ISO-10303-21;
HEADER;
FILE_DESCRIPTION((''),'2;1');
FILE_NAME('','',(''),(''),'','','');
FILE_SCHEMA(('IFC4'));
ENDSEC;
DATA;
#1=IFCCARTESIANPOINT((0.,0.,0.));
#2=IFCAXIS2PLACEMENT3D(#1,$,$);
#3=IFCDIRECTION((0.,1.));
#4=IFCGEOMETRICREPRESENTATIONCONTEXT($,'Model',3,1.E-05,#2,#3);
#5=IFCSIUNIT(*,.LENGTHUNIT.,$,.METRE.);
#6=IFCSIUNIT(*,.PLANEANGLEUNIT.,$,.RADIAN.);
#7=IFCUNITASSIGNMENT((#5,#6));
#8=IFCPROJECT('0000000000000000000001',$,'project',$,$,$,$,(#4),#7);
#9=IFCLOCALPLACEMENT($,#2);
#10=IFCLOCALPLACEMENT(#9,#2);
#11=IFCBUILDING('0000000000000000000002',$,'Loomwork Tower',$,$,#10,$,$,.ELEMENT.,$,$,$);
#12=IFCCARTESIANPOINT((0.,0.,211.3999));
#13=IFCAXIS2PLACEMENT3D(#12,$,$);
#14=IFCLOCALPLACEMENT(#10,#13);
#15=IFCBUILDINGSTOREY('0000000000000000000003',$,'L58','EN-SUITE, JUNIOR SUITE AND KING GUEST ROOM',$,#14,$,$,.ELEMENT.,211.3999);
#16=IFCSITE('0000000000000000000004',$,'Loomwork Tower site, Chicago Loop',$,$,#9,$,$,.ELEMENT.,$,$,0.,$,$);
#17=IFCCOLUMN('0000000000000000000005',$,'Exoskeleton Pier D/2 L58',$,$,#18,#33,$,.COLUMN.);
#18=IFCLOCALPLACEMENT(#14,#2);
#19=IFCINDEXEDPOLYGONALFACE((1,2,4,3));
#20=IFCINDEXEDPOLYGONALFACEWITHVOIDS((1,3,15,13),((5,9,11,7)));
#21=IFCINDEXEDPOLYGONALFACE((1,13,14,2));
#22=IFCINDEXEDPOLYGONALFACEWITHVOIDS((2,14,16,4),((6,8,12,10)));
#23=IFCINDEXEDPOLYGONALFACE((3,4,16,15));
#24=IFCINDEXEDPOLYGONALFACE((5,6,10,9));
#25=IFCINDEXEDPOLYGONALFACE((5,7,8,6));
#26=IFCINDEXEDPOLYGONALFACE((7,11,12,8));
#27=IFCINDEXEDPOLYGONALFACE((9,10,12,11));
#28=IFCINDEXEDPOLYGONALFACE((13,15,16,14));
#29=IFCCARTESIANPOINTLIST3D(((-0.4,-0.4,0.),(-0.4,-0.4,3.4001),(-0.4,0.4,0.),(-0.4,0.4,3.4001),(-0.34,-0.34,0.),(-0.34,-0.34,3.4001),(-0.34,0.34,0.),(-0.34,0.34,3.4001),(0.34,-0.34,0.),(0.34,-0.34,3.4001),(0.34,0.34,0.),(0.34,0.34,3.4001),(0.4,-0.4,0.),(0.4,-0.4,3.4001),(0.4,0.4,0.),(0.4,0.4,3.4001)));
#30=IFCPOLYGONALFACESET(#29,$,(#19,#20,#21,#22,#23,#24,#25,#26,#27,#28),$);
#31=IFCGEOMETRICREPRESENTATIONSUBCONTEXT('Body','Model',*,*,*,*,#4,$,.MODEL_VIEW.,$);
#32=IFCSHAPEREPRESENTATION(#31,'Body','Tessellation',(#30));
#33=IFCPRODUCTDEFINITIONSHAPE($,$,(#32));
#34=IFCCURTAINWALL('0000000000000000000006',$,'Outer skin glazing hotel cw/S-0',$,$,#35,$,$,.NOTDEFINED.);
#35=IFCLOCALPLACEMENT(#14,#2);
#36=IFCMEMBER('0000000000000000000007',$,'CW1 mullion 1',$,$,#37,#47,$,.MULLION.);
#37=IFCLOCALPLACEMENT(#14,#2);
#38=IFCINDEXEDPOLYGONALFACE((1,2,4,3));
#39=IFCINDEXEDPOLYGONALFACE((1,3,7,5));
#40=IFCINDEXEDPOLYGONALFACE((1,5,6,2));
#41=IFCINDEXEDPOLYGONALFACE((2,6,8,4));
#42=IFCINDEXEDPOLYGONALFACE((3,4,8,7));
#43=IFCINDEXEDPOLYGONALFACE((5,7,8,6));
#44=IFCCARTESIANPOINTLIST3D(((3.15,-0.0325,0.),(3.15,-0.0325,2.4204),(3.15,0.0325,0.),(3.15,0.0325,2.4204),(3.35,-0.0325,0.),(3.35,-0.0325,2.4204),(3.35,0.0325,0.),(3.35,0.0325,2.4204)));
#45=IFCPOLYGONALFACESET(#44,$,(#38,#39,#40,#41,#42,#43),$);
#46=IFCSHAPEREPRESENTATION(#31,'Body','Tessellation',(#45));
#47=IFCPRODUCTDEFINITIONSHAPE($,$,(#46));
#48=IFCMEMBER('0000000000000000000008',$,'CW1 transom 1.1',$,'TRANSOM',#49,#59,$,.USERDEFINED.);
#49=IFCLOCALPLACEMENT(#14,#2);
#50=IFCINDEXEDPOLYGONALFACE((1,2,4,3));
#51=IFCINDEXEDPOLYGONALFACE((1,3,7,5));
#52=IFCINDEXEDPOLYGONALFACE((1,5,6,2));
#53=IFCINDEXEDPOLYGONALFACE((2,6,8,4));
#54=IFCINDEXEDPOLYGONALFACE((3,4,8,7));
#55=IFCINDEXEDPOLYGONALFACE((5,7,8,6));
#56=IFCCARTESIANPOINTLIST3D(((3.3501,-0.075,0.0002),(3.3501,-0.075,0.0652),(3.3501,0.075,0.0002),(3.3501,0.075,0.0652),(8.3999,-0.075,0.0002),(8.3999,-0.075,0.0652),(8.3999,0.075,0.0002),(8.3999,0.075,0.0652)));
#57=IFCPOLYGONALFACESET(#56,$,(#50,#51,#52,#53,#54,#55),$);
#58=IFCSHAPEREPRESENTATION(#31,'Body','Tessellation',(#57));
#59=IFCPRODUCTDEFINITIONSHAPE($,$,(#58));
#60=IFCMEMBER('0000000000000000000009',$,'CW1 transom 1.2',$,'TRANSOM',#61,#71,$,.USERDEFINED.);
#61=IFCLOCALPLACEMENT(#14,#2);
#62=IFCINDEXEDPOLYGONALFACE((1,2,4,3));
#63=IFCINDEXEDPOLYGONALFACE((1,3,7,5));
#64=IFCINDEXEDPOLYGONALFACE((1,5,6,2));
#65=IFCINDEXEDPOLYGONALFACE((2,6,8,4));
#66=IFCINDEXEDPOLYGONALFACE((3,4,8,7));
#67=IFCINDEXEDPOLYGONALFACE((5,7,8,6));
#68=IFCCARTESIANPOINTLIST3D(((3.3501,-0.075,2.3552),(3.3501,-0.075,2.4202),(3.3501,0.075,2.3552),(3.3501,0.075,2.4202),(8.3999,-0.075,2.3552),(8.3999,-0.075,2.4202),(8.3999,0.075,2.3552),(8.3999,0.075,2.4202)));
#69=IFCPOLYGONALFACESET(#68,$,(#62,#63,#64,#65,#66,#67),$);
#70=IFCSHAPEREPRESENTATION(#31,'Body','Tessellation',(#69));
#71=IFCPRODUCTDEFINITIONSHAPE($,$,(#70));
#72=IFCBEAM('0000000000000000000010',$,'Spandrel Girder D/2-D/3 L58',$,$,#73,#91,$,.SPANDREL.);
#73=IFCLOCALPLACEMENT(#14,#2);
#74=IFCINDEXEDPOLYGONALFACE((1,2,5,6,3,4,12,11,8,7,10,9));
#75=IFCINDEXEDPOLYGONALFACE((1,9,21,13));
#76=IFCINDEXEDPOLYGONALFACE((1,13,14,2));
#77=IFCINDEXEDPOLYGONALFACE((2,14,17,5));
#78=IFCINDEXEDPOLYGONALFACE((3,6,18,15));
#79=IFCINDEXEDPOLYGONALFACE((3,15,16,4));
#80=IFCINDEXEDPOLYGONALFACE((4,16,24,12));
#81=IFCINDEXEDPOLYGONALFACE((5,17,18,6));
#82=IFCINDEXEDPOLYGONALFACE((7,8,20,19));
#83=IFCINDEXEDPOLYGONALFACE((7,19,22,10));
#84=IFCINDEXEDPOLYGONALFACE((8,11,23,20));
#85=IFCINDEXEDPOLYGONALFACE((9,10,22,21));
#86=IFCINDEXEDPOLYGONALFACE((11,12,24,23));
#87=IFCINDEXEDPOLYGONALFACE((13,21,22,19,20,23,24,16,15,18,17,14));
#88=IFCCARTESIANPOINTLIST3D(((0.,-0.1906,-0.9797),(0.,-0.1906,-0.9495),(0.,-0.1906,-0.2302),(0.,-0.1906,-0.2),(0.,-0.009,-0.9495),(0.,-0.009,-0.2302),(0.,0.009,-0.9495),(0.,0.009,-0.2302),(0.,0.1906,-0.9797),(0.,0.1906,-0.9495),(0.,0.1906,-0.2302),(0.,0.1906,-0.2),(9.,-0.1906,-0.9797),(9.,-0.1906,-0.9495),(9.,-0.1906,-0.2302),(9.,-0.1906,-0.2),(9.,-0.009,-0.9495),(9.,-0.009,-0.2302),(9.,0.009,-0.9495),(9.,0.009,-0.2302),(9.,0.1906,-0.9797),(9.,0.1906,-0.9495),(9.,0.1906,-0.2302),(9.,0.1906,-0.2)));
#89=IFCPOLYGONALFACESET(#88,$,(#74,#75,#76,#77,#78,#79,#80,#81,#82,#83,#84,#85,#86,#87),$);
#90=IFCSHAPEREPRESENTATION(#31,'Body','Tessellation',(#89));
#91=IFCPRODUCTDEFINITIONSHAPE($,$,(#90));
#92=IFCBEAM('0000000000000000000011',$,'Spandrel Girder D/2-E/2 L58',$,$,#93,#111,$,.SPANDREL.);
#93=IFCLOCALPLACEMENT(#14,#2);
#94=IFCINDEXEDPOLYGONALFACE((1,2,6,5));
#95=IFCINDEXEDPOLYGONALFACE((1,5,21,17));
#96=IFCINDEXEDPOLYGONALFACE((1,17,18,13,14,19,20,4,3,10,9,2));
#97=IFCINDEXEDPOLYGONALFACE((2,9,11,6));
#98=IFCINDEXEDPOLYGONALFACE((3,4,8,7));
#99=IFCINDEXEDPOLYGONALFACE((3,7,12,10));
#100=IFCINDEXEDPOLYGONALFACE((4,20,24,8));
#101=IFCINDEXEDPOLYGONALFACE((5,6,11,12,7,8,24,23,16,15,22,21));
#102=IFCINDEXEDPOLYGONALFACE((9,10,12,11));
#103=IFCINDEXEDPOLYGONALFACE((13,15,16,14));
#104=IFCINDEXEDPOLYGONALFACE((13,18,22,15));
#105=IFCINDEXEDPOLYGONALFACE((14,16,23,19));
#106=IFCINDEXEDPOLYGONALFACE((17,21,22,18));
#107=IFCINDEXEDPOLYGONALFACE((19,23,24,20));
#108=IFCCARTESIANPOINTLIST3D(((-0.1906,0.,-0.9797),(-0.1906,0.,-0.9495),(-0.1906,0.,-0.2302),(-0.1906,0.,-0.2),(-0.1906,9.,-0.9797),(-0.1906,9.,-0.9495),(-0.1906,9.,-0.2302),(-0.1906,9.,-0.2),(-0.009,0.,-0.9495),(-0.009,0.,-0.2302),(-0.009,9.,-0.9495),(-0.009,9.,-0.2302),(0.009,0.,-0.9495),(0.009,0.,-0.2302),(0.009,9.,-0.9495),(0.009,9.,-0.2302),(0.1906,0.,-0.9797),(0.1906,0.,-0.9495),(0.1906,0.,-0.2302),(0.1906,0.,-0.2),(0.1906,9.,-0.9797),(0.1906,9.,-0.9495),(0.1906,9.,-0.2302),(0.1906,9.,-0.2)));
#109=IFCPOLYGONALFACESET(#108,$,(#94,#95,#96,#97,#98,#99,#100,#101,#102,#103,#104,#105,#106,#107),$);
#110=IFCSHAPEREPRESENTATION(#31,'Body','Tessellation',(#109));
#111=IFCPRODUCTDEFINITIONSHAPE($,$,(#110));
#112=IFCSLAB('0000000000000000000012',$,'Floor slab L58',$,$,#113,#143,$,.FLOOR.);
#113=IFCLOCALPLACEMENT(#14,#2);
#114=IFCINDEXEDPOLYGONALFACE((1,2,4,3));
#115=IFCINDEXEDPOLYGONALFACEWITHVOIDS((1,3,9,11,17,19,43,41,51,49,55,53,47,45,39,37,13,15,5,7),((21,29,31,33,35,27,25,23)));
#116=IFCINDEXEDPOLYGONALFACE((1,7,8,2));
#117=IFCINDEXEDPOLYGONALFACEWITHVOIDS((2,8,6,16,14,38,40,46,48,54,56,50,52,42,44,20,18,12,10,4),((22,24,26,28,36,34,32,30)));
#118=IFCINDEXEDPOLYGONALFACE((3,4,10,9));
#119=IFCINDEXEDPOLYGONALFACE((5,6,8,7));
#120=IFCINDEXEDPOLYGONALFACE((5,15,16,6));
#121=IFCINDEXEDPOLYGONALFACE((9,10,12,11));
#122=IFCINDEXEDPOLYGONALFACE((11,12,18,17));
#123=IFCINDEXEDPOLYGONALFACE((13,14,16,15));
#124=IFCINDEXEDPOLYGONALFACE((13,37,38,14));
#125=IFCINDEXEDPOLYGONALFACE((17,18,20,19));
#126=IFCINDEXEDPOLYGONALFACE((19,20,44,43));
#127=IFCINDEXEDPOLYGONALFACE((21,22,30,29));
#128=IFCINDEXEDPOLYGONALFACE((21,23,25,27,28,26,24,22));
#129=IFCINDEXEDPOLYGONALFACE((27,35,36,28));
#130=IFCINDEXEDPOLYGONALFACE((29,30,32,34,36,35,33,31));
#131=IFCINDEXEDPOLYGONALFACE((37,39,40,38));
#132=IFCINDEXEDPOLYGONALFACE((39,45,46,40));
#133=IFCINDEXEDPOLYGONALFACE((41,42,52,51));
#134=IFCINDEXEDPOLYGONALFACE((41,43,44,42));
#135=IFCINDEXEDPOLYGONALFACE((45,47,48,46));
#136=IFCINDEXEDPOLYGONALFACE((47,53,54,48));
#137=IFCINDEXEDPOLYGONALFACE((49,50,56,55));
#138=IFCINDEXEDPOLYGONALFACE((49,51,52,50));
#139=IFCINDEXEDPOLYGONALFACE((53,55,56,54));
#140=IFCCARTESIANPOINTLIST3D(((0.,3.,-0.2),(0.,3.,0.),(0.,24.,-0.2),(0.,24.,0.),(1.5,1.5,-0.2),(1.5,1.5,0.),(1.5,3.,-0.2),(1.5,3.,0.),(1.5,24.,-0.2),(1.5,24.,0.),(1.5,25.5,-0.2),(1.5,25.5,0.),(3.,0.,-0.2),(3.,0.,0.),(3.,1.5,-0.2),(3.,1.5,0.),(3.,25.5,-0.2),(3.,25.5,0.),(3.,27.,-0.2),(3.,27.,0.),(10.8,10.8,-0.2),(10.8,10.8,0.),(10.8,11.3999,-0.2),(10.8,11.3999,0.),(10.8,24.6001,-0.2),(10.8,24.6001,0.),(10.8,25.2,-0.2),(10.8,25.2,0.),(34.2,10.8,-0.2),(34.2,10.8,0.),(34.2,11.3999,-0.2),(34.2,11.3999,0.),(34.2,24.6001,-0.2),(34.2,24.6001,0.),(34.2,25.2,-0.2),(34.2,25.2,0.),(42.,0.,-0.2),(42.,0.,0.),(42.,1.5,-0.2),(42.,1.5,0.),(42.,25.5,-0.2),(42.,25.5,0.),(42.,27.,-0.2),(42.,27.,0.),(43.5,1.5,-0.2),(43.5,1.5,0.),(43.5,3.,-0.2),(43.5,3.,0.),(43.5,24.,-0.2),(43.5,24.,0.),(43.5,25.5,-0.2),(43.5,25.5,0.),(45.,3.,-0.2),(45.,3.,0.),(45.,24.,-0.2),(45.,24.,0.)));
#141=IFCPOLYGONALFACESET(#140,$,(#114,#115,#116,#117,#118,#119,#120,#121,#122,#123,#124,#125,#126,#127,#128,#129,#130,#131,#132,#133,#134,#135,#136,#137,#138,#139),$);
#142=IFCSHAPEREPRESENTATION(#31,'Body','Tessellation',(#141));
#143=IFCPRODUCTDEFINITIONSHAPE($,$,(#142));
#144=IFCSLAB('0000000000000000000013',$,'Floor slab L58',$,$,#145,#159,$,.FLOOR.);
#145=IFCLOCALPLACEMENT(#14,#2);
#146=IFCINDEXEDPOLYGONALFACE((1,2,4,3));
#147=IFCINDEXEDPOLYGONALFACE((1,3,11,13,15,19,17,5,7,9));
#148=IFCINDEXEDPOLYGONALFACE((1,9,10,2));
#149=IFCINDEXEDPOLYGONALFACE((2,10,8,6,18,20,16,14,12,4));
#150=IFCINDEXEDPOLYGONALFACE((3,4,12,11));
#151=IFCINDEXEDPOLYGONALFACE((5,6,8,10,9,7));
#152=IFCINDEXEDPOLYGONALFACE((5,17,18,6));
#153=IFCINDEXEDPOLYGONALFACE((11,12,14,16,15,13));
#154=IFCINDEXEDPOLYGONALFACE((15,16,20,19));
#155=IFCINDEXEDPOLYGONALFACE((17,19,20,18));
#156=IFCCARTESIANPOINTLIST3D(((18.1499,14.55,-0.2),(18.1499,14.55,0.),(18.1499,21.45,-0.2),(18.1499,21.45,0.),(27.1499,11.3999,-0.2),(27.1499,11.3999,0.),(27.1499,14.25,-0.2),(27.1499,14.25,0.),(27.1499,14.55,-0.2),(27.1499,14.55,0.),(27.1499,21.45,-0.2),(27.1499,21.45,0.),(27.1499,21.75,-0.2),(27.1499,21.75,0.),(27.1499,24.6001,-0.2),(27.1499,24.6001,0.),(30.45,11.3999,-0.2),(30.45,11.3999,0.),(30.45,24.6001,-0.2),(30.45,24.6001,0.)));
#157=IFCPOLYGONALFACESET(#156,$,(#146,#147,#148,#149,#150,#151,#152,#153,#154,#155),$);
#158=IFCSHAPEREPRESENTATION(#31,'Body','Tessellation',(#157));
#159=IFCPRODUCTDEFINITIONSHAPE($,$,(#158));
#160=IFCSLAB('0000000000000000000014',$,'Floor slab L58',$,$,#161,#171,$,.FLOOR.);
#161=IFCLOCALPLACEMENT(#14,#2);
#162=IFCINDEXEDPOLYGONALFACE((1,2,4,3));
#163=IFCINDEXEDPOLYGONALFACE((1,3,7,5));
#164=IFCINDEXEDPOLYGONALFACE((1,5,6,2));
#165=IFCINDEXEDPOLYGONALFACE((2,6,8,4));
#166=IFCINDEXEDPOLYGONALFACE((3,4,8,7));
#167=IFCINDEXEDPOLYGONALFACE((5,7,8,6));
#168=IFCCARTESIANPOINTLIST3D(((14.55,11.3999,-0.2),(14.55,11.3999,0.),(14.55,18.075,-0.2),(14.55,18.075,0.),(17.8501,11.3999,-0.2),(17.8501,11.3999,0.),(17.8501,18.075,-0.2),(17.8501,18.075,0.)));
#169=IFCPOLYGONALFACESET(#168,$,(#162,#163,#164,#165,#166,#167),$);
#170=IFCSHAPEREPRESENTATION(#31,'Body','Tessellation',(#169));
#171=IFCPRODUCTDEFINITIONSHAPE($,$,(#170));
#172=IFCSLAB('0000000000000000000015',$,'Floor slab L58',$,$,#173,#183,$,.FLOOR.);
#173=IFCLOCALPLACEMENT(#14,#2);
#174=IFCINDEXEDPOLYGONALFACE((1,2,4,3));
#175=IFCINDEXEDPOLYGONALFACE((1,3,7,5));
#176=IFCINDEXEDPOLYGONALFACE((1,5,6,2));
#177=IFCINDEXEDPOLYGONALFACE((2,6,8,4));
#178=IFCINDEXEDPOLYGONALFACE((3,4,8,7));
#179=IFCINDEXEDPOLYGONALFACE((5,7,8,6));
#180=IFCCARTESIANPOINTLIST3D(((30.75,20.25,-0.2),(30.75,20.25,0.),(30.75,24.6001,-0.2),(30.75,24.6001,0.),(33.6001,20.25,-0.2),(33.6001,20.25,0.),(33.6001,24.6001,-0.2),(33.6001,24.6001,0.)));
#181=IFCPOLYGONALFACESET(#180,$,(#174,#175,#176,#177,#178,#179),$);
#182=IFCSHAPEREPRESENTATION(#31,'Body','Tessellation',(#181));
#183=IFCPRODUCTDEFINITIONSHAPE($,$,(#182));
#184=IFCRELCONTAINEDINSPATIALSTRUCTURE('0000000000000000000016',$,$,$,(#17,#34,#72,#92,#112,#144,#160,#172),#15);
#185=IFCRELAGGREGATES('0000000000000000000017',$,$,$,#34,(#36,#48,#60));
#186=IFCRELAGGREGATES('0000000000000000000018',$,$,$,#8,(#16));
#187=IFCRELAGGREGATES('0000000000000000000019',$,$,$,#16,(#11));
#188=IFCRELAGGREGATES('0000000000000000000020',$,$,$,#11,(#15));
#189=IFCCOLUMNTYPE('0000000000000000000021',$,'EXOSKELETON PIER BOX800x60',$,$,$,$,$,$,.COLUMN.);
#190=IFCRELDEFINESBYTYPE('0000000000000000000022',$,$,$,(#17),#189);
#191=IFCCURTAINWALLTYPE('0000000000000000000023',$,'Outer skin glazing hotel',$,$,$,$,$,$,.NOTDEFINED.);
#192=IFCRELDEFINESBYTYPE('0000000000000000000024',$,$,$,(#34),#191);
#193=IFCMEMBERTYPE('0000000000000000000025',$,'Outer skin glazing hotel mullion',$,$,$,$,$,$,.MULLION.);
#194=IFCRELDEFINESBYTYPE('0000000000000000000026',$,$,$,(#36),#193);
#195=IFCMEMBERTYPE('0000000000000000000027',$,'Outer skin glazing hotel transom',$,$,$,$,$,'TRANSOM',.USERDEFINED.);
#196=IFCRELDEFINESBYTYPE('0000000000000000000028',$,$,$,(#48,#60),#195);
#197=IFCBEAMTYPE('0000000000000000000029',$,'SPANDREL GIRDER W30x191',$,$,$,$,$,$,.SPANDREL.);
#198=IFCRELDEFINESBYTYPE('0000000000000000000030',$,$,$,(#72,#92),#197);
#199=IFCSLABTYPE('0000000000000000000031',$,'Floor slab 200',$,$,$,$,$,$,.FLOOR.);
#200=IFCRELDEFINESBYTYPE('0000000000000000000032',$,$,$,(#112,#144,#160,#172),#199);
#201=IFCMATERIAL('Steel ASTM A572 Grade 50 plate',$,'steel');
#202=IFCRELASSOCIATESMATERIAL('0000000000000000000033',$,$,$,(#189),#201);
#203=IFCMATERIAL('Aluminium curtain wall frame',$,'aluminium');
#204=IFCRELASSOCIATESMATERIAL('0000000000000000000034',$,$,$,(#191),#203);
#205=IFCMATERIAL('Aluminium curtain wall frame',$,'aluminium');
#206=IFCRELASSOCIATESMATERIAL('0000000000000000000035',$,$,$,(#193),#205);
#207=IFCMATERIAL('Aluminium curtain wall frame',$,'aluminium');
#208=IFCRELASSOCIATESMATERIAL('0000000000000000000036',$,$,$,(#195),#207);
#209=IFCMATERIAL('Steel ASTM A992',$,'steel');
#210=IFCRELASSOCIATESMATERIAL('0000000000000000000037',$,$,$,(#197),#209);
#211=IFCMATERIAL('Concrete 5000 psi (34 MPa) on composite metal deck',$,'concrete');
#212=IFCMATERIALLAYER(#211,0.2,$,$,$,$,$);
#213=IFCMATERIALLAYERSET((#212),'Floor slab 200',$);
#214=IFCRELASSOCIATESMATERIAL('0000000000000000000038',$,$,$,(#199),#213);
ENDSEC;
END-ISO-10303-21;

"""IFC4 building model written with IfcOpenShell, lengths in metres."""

from ifc_helpers import new_model, si_unit, direction, frame, origin, origin_with_axes, origin_2d, place, context, subcontext, project, spatial, polyline, rectangle, hollow_rectangle, i_section, outline, extrude, material, layer, layer_set, material_profile, profile_set, type_object, element, aggregate, save


model = new_model("IFC4")

# Units and contexts
model_context = context("Model", 3, precision=1e-05, world=origin(), true_north=direction((0.0, 1.0)))
body_context = subcontext(model_context, "Body", "Model", "MODEL_VIEW")
ifc_project = project(units=[si_unit("LENGTHUNIT", "METRE"), si_unit("PLANEANGLEUNIT", "RADIAN")], contexts=[model_context])

# Site, building, storey
site_placement = place(None, origin())
site = spatial("IfcSite", under=ifc_project, at=site_placement, Name="Loomwork Tower site, Chicago Loop", CompositionType="ELEMENT", RefElevation=0.0)
building_placement = place(site_placement, origin())
building = spatial("IfcBuilding", under=site, at=building_placement, Name="Loomwork Tower", CompositionType="ELEMENT")
storey_placement = place(building_placement, frame((0.0, 0.0, 211.3999)))
storey = spatial("IfcBuildingStorey", under=building, at=storey_placement, Name="L58", Description="EN-SUITE, JUNIOR SUITE AND KING GUEST ROOM", CompositionType="ELEMENT", Elevation=211.3999)

# Column
ifc_material_1 = material(Name="Steel ASTM A572 Grade 50 plate", Category="steel")
ifc_material_profile_1 = material_profile(ifc_material_1, hollow_rectangle(XDim=0.8, YDim=0.8, WallThickness=0.0601, at=origin_2d()), Name="BOX800x60")
ifc_profile_set_1 = profile_set([ifc_material_profile_1], Name="Steel ASTM A572 Grade 50 plate")
column_type = type_object("IfcColumnType", Name="EXOSKELETON PIER BOX800x60", PredefinedType="COLUMN", material=ifc_profile_set_1)
column_placement = place(storey_placement, origin_with_axes())
element("IfcColumn", 1, at=column_placement, inside=storey, type_object=column_type, Name="Exoskeleton Pier D/2 L58", PredefinedType="COLUMN", context=body_context, shape_type="SweptSolid", body=[
    extrude(hollow_rectangle(XDim=0.8, YDim=0.8, WallThickness=0.0601, at=origin_2d()), origin(), (0.0, 0.0, 1.0), 3.4001),
])

# Curtain wall, members
ifc_material_2 = material(Name="Aluminium curtain wall frame", Category="aluminium")
curtain_wall_type = type_object("IfcCurtainWallType", Name="Outer skin glazing hotel", PredefinedType="NOTDEFINED", material=ifc_material_2)
curtain_wall_placement = place(storey_placement, origin())
curtain_wall = element("IfcCurtainWall", 2, at=curtain_wall_placement, inside=storey, type_object=curtain_wall_type, Name="Outer skin glazing hotel cw/S-0", PredefinedType="NOTDEFINED")
ifc_material_3 = material(Name="Aluminium curtain wall frame", Category="aluminium")
ifc_material_profile_2 = material_profile(ifc_material_3, rectangle(XDim=0.0649, YDim=0.2, at=origin_2d()), Name="AL 65x200")
ifc_profile_set_2 = profile_set([ifc_material_profile_2], Name="Aluminium curtain wall frame")
member_type_1 = type_object("IfcMemberType", Name="Outer skin glazing hotel mullion", PredefinedType="MULLION", material=ifc_profile_set_2)
member_1_placement = place(storey_placement, frame((3.25, 0.0, 0.0), z_axis=(0.0, 0.0, 1.0), x_axis=(0.0, 1.0, 0.0)))
member_1 = element("IfcMember", 3, at=member_1_placement, type_object=member_type_1, Name="CW1 mullion 1", PredefinedType="MULLION", context=body_context, shape_type="SweptSolid", body=[
    extrude(rectangle(XDim=0.0649, YDim=0.2, at=origin_2d()), origin(), (0.0, 0.0, 1.0), 2.4204),
])
ifc_material_4 = material(Name="Aluminium curtain wall frame", Category="aluminium")
ifc_material_profile_3 = material_profile(ifc_material_4, rectangle(XDim=0.1499, YDim=0.0649, at=origin_2d()), Name="AL 65x150")
ifc_profile_set_3 = profile_set([ifc_material_profile_3], Name="Aluminium curtain wall frame")
member_type_2 = type_object("IfcMemberType", Name="Outer skin glazing hotel transom", ElementType="TRANSOM", PredefinedType="USERDEFINED", material=ifc_profile_set_3)
member_2_placement = place(storey_placement, frame((3.3501, 0.0, 0.0327), z_axis=(1.0, 0.0, 0.0), x_axis=(0.0, 1.0, 0.0)))
member_2 = element("IfcMember", 4, at=member_2_placement, type_object=member_type_2, Name="CW1 transom 1.1", ObjectType="TRANSOM", PredefinedType="USERDEFINED", context=body_context, shape_type="SweptSolid", body=[
    extrude(rectangle(XDim=0.1499, YDim=0.0649, at=origin_2d()), origin(), (0.0, 0.0, 1.0), 5.0498),
])
member_3_placement = place(storey_placement, frame((3.3501, 0.0, 2.3877), z_axis=(1.0, 0.0, 0.0), x_axis=(0.0, 1.0, 0.0)))
member_3 = element("IfcMember", 5, at=member_3_placement, type_object=member_type_2, Name="CW1 transom 1.2", ObjectType="TRANSOM", PredefinedType="USERDEFINED", context=body_context, shape_type="SweptSolid", body=[
    extrude(rectangle(XDim=0.1499, YDim=0.0649, at=origin_2d()), origin(), (0.0, 0.0, 1.0), 5.0498),
])
aggregate(curtain_wall, [member_1, member_2, member_3])

# Beams
ifc_material_5 = material(Name="Steel ASTM A992", Category="steel")
ifc_material_profile_4 = material_profile(ifc_material_5, i_section(OverallWidth=0.3811, OverallDepth=0.7798, WebThickness=0.0181, FlangeThickness=0.0303, at=origin_2d()), Name="W30x191")
ifc_profile_set_4 = profile_set([ifc_material_profile_4], Name="Steel ASTM A992")
beam_type = type_object("IfcBeamType", Name="SPANDREL GIRDER W30x191", PredefinedType="SPANDREL", material=ifc_profile_set_4)
for number, where, z_axis, x_axis, name in (
    (6, (0.0, 0.0, -0.5898), (1.0, 0.0, 0.0), (0.0, 1.0, 0.0), "Spandrel Girder D/2-D/3 L58"),
    (7, (0.0, 0.0, -0.5898), (0.0, 1.0, 0.0), (-1.0, 0.0, 0.0), "Spandrel Girder D/2-E/2 L58"),
):
    element("IfcBeam", number, at=place(storey_placement, frame(where, z_axis=z_axis, x_axis=x_axis)), inside=storey, type_object=beam_type, Name=name, PredefinedType="SPANDREL", context=body_context, shape_type="SweptSolid", body=[
        extrude(i_section(OverallWidth=0.3811, OverallDepth=0.7798, WebThickness=0.0181, FlangeThickness=0.0303, at=origin_2d()), origin(), (0.0, 0.0, 1.0), 9.0),
    ])

# Slabs
ifc_material_6 = material(Name="Concrete 5000 psi (34 MPa) on composite metal deck", Category="concrete")
ifc_layer_1 = layer(ifc_material_6, 0.2)
ifc_layer_set_1 = layer_set([ifc_layer_1], Name="Floor slab 200")
slab_type_1 = type_object("IfcSlabType", Name="Floor slab 200", PredefinedType="FLOOR", material=ifc_layer_set_1)
slab_1_placement = place(storey_placement, frame((0.0, 0.0, -0.2)))
element("IfcSlab", 8, at=slab_1_placement, inside=storey, type_object=slab_type_1, Name="Floor slab L58", PredefinedType="FLOOR", context=body_context, shape_type="SweptSolid", body=[
    extrude(outline(polyline([(3.0, 1.5), (1.5, 1.5), (1.5, 3.0), (0.0, 3.0), (0.0, 24.0), (1.5, 24.0), (1.5, 25.5), (3.0, 25.5), (3.0, 27.0), (42.0, 27.0), (42.0, 25.5), (43.5, 25.5), (43.5, 24.0), (45.0, 24.0), (45.0, 3.0), (43.5, 3.0), (43.5, 1.5), (42.0, 1.5), (42.0, 0.0), (3.0, 0.0), (3.0, 1.5)]), holes=[polyline([(10.8, 11.3999), (10.8, 11.3999), (10.8, 10.8), (34.2, 10.8), (34.2, 11.3999), (34.2, 11.3999), (34.2, 24.6001), (34.2, 25.2), (10.8, 25.2), (10.8, 24.6001), (10.8, 11.3999)])]), origin(), (0.0, 0.0, 1.0), 0.2),
])
slab_2_placement = place(storey_placement, frame((0.0, 0.0, -0.2)))
element("IfcSlab", 9, at=slab_2_placement, inside=storey, type_object=slab_type_1, Name="Floor slab L58", PredefinedType="FLOOR", context=body_context, shape_type="SweptSolid", body=[
    extrude(outline(polyline([(30.45, 24.6001), (30.45, 11.3999), (27.1499, 11.3999), (27.1499, 14.25), (27.1499, 14.55), (18.1499, 14.55), (18.1499, 21.45), (27.1499, 21.45), (27.1499, 21.75), (27.1499, 24.6001), (30.45, 24.6001)])), origin(), (0.0, 0.0, 1.0), 0.2),
])
slab_3_placement = place(storey_placement, frame((0.0, 0.0, -0.2)))
element("IfcSlab", 10, at=slab_3_placement, inside=storey, type_object=slab_type_1, Name="Floor slab L58", PredefinedType="FLOOR", context=body_context, shape_type="SweptSolid", body=[
    extrude(outline(polyline([(14.55, 11.3999), (14.55, 18.075), (17.8501, 18.075), (17.8501, 11.3999), (14.55, 11.3999)])), origin(), (0.0, 0.0, 1.0), 0.2),
])
slab_4_placement = place(storey_placement, frame((0.0, 0.0, -0.2)))
element("IfcSlab", 11, at=slab_4_placement, inside=storey, type_object=slab_type_1, Name="Floor slab L58", PredefinedType="FLOOR", context=body_context, shape_type="SweptSolid", body=[
    extrude(outline(polyline([(33.6001, 20.25), (30.75, 20.25), (30.75, 24.6001), (33.6001, 24.6001), (33.6001, 20.25)])), origin(), (0.0, 0.0, 1.0), 0.2),
])

save(model, "model.ifc")
